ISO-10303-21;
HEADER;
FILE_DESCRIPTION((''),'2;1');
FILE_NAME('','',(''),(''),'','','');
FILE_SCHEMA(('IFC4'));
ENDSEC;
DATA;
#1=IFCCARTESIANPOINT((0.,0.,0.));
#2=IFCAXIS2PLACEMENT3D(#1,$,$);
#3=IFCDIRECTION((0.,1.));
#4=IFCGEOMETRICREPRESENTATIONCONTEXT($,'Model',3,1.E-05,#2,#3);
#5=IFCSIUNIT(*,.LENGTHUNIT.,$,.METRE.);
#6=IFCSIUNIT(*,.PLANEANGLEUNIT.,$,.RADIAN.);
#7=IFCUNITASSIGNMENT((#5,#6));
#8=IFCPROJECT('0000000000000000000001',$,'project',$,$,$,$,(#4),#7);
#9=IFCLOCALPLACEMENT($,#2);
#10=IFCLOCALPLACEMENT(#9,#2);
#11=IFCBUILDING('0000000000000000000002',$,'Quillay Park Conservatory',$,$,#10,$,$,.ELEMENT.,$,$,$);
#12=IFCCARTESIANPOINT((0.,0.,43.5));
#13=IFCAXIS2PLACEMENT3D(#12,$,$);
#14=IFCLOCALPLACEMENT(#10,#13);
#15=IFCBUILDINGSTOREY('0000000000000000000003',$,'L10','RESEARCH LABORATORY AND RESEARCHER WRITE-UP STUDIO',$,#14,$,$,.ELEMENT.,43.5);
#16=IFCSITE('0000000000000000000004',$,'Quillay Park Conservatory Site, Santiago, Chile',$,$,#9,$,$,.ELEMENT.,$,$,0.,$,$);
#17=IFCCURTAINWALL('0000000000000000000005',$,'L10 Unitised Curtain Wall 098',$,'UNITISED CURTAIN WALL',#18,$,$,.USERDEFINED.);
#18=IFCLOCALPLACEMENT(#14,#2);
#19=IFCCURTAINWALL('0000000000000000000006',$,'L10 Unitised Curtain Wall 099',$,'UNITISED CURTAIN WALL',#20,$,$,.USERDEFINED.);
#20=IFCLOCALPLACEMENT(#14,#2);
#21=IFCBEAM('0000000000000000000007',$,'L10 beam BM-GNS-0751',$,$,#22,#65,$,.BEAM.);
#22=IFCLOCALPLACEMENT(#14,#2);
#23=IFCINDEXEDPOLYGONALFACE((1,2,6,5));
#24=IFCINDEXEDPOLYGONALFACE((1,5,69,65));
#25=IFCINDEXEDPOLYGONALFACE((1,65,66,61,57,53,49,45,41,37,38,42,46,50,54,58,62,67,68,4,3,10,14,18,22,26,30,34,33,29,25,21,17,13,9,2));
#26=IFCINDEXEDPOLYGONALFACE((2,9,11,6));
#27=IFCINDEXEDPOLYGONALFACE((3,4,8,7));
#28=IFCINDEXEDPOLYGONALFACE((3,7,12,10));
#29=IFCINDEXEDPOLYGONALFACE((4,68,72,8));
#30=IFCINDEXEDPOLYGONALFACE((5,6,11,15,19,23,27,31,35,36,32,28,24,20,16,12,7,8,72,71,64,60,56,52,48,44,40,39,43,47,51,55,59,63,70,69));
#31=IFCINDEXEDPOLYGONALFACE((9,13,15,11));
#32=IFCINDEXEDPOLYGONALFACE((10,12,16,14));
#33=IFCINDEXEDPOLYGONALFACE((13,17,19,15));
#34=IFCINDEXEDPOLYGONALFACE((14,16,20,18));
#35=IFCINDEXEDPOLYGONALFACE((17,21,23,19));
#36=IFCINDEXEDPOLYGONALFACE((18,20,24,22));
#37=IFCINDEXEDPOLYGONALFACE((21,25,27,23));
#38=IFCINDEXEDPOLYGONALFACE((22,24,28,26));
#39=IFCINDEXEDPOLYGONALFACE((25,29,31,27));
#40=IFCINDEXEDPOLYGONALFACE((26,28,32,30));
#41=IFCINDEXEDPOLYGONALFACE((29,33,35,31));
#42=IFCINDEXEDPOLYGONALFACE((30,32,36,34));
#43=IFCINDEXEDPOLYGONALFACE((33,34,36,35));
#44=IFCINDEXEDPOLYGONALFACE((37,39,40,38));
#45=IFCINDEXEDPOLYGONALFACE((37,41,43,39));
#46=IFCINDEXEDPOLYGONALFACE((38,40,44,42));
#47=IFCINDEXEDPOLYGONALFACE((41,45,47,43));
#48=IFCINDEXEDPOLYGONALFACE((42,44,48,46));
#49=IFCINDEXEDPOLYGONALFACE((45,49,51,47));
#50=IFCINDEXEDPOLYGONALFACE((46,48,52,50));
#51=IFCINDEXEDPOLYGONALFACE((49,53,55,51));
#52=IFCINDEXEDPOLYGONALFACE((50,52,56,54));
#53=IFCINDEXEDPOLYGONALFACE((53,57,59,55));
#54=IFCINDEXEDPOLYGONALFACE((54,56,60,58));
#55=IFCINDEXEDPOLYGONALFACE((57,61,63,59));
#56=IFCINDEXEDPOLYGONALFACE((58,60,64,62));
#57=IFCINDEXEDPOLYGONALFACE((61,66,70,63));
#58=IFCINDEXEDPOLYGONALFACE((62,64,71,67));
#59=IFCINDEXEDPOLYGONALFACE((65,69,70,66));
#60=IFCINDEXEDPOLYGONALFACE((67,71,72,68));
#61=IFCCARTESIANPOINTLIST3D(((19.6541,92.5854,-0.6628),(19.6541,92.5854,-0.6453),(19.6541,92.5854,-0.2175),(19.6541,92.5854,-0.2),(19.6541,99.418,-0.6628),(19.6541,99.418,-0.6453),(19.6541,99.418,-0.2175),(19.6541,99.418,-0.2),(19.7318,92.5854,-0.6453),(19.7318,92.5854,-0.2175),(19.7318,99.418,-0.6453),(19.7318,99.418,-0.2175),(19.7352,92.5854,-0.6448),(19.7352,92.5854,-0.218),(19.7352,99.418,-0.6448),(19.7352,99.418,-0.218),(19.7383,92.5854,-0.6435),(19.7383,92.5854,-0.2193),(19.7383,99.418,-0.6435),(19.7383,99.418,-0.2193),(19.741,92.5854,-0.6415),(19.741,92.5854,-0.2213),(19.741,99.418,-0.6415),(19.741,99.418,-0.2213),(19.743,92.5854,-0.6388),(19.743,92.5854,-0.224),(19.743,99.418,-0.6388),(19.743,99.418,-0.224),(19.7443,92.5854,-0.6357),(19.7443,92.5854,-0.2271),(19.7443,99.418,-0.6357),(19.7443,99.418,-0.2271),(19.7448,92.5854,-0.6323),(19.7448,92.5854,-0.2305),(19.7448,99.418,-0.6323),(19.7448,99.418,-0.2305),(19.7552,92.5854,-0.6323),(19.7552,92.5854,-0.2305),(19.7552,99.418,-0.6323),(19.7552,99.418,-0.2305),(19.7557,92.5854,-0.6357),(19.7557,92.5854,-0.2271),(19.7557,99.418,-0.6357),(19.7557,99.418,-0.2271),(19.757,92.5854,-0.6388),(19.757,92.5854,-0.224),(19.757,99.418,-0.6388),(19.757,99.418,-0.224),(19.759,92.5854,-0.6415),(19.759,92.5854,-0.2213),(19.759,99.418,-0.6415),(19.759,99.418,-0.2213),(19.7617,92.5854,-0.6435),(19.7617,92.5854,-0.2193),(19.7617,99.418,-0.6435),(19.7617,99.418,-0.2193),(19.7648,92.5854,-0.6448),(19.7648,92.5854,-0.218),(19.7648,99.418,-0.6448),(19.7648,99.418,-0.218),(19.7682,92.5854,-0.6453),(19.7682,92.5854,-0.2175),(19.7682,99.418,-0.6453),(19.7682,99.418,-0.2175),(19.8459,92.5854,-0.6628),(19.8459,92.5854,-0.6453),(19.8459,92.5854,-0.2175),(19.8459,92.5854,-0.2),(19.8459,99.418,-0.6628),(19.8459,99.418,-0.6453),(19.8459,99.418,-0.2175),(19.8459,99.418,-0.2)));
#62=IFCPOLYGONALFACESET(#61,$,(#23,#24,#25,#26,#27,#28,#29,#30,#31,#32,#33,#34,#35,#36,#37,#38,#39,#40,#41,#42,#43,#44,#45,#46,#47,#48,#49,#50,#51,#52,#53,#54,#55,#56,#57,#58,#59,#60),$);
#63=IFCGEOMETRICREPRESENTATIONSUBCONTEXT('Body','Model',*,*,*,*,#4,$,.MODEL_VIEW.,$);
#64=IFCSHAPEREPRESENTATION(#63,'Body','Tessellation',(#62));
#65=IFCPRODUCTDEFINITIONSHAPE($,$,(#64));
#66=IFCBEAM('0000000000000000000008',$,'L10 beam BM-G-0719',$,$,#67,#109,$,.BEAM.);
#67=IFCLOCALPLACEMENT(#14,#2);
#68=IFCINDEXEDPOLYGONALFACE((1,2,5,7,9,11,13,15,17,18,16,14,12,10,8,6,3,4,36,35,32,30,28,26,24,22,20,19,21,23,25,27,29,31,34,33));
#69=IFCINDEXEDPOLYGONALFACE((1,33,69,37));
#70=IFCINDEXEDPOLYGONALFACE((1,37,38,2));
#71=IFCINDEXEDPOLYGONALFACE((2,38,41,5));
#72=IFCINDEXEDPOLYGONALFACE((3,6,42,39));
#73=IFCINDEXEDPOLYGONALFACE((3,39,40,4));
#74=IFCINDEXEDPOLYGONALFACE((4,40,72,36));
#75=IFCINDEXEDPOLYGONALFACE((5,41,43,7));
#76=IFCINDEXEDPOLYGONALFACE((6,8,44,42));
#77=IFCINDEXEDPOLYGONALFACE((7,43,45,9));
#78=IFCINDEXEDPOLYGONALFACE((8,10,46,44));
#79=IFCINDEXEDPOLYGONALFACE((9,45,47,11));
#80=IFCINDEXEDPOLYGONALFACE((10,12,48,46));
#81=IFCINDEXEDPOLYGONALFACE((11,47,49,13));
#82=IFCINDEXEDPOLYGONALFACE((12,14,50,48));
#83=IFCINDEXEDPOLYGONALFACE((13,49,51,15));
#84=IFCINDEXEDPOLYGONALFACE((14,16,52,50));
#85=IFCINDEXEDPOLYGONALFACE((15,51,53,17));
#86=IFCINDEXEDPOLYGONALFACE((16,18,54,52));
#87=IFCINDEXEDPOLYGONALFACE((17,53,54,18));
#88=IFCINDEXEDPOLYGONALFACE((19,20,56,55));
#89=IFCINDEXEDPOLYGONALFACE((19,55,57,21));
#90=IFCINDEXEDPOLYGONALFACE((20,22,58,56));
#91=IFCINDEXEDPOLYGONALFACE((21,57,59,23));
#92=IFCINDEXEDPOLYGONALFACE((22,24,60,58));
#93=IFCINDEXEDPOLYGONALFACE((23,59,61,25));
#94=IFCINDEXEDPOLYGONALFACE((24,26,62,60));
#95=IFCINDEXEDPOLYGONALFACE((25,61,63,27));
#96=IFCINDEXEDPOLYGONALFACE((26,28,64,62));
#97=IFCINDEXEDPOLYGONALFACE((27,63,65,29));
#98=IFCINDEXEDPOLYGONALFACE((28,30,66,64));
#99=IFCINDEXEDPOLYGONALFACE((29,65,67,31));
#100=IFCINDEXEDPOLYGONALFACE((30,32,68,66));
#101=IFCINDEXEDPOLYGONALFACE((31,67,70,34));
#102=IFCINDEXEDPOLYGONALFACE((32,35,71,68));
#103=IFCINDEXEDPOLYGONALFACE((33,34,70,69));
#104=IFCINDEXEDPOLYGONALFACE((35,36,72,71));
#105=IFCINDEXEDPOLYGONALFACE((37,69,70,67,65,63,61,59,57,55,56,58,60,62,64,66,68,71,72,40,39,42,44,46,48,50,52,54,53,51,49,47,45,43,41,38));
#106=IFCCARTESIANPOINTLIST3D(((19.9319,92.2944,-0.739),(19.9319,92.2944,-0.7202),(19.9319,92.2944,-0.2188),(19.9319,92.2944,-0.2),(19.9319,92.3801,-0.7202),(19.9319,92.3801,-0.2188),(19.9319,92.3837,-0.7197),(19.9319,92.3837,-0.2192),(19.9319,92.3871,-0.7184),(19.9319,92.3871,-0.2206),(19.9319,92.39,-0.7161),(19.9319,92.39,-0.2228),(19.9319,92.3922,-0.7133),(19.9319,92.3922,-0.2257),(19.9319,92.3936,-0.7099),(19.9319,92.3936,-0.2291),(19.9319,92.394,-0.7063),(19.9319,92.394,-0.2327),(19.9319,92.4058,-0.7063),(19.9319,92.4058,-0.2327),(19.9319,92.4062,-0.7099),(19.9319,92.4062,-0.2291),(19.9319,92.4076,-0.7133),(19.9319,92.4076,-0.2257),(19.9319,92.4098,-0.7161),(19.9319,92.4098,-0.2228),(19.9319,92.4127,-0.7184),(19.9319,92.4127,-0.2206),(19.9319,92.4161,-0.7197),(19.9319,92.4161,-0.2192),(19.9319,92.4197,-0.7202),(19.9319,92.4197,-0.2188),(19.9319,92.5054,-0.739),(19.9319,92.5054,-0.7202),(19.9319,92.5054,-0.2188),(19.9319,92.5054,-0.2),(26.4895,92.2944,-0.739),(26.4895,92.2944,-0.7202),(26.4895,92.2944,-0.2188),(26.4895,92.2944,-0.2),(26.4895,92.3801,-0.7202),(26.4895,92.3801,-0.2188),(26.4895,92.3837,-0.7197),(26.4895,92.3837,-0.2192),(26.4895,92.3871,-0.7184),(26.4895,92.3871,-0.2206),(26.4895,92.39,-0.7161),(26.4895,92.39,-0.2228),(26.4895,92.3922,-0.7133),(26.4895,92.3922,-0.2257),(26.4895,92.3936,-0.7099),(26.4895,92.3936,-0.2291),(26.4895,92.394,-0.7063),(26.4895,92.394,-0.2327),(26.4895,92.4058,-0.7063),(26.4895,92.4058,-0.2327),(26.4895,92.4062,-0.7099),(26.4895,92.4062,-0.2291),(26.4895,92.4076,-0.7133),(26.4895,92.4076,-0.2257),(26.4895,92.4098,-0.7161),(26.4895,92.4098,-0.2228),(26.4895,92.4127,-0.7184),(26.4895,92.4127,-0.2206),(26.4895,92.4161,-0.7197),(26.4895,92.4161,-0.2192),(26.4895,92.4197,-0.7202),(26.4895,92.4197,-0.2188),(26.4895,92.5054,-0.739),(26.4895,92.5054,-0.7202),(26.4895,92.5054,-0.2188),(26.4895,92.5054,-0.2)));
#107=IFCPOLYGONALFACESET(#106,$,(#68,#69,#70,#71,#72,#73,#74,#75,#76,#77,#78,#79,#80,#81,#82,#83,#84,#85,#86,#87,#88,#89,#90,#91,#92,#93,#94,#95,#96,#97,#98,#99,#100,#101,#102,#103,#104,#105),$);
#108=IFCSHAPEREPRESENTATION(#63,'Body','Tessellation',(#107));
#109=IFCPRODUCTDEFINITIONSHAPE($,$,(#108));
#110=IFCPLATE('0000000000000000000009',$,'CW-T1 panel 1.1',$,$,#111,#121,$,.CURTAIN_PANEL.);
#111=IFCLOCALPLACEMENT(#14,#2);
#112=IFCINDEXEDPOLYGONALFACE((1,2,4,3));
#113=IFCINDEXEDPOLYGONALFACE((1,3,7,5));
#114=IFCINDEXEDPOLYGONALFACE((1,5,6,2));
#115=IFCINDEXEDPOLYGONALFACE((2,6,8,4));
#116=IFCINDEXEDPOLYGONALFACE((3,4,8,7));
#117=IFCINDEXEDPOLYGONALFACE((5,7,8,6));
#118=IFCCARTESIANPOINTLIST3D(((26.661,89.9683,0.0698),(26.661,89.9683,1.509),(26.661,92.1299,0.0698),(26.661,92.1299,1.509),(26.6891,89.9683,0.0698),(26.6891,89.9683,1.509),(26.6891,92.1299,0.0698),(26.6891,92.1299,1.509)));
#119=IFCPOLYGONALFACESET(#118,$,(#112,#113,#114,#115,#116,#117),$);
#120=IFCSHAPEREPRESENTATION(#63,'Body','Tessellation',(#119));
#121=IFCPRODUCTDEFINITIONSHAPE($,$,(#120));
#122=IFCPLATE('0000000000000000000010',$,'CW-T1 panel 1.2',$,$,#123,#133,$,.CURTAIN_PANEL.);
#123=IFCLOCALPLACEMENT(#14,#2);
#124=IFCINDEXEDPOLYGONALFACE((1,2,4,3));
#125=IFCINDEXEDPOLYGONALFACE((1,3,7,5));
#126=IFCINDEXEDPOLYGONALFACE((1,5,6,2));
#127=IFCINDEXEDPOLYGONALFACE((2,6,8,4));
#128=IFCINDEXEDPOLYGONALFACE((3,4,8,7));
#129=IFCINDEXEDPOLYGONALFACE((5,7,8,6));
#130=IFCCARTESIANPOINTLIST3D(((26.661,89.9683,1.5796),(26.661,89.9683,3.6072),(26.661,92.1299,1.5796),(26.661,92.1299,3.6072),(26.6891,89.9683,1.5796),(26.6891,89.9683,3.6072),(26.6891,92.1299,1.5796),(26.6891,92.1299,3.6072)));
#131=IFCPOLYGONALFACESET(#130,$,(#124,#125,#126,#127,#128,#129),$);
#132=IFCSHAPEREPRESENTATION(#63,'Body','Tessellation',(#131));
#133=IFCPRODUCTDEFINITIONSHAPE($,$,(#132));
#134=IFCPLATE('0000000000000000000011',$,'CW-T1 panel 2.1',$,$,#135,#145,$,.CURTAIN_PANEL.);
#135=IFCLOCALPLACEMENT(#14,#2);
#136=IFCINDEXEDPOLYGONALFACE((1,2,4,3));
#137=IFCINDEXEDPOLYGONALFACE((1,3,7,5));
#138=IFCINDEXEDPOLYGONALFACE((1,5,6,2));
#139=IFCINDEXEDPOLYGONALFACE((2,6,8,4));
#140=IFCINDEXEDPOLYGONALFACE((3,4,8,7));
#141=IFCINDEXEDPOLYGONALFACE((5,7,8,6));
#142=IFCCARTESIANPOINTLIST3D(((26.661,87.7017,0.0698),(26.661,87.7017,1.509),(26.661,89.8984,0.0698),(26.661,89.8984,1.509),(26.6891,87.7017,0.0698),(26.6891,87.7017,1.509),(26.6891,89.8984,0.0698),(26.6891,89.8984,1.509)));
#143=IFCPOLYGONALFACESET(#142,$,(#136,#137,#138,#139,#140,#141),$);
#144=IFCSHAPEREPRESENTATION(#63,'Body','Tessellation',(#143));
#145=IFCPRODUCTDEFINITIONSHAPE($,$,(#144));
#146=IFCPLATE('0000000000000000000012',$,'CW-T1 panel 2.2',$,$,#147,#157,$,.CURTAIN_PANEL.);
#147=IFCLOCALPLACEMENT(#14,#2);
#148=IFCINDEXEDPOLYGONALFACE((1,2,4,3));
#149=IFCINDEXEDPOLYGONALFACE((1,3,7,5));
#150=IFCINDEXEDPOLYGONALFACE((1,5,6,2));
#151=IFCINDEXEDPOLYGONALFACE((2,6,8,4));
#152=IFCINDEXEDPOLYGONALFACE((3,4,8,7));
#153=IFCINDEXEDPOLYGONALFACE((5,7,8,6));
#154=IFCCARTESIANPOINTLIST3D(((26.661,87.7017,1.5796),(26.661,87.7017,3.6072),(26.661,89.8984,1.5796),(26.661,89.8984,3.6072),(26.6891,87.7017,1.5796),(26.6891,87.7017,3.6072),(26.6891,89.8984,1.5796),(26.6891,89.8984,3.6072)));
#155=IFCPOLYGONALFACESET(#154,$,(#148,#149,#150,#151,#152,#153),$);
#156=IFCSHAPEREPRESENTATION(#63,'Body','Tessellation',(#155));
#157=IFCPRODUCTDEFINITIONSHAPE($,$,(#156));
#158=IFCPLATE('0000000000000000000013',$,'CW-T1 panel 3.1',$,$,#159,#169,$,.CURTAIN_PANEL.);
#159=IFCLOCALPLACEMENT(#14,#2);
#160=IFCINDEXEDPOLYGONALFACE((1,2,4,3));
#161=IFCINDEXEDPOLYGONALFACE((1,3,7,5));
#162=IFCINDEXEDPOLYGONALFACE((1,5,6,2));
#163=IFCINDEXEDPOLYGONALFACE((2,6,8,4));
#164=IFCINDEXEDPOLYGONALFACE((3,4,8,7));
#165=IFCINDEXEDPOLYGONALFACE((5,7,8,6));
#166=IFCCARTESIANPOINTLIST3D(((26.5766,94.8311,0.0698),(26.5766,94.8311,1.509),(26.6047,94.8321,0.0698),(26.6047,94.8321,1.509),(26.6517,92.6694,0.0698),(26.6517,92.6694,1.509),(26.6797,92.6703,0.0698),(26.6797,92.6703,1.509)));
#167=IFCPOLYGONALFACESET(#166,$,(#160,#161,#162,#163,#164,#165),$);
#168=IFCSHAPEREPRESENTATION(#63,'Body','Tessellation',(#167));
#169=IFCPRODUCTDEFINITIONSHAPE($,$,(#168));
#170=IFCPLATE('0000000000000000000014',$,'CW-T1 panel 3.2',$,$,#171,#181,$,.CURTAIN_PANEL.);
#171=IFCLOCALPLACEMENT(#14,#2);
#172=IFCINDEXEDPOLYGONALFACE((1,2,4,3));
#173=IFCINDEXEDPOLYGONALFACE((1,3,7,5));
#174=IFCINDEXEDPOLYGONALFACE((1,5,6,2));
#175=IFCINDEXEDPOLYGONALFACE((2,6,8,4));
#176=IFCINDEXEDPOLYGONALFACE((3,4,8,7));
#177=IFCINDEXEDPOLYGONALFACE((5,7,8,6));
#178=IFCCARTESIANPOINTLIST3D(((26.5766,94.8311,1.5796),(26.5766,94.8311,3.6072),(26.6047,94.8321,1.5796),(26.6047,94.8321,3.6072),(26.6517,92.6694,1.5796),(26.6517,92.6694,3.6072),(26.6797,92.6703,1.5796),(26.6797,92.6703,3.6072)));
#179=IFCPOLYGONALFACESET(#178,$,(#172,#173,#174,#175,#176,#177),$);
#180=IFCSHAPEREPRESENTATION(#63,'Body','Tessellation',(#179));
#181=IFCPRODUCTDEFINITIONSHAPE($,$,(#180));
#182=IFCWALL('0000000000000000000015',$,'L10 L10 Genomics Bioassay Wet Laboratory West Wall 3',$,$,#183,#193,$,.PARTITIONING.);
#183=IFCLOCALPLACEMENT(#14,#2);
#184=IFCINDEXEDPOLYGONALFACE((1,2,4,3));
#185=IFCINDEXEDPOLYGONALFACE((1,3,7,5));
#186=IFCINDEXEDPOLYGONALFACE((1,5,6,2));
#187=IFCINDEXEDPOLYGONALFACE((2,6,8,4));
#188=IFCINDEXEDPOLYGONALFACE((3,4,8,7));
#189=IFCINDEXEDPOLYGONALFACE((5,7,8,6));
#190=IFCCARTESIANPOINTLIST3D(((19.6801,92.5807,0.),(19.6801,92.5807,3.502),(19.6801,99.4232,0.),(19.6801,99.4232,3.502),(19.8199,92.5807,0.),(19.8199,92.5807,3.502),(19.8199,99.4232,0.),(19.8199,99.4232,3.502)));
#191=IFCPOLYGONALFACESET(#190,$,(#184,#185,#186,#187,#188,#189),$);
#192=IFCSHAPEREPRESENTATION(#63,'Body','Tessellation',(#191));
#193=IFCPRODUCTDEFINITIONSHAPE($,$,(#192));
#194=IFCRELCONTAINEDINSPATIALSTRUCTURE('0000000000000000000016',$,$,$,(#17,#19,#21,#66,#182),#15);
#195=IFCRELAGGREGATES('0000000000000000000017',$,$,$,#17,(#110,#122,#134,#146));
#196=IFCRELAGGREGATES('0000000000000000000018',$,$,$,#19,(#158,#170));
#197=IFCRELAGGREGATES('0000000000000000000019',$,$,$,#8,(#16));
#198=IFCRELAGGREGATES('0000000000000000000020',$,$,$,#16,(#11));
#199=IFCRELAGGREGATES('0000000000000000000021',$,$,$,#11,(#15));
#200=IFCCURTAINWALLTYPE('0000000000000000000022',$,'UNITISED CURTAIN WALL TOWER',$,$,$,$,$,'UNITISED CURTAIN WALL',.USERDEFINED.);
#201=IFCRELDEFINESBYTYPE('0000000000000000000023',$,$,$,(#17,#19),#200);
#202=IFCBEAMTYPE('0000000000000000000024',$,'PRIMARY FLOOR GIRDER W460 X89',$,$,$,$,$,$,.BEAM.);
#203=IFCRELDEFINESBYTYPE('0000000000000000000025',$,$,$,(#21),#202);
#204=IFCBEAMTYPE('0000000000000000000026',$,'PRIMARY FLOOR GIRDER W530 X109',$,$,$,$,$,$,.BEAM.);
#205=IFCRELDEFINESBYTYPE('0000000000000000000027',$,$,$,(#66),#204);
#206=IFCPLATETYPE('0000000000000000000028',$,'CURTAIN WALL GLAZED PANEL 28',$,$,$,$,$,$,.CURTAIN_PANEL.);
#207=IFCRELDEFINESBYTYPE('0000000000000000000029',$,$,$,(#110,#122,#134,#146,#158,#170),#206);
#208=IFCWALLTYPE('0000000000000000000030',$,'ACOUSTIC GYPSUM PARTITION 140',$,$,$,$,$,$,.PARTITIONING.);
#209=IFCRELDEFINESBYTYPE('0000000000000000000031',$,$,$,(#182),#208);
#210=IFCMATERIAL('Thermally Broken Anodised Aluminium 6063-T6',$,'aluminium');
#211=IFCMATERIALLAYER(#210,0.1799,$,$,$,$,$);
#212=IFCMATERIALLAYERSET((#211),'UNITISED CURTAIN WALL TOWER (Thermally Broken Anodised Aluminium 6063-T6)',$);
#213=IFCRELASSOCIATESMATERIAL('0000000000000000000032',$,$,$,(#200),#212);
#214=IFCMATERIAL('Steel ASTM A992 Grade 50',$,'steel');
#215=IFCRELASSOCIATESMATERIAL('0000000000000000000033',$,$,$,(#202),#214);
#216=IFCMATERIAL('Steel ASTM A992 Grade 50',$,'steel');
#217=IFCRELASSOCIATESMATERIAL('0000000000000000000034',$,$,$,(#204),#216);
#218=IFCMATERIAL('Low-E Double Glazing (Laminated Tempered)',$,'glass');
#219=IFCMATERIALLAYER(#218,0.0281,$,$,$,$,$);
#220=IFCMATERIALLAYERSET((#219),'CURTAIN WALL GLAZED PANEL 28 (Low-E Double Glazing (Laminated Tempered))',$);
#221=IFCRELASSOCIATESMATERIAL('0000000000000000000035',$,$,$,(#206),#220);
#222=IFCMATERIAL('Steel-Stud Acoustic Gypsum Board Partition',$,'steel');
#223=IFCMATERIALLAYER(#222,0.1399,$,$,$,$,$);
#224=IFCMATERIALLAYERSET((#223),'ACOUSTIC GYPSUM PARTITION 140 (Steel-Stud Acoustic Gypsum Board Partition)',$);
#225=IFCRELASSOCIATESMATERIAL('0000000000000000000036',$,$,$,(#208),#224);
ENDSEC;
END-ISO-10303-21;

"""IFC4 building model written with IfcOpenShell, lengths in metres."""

from ifc_helpers import new_model, si_unit, direction, frame, frame_2d, origin, origin_2d, place, context, subcontext, project, spatial, rectangle, i_section, extrude, material, layer, layer_set, material_profile, profile_set, type_object, element, aggregate, save


model = new_model("IFC4")

# Units and contexts
model_context = context("Model", 3, precision=1e-05, world=origin(), true_north=direction((0.0, 1.0)))
body_context = subcontext(model_context, "Body", "Model", "MODEL_VIEW")
ifc_project = project(units=[si_unit("LENGTHUNIT", "METRE"), si_unit("PLANEANGLEUNIT", "RADIAN")], contexts=[model_context])

# Site, building, storey
site_placement = place(None, origin())
site = spatial("IfcSite", under=ifc_project, at=site_placement, Name="Quillay Park Conservatory Site, Santiago, Chile", CompositionType="ELEMENT", RefElevation=0.0)
building_placement = place(site_placement, origin())
building = spatial("IfcBuilding", under=site, at=building_placement, Name="Quillay Park Conservatory", CompositionType="ELEMENT")
storey_placement = place(building_placement, frame((0.0, 0.0, 43.5)))
storey = spatial("IfcBuildingStorey", under=building, at=storey_placement, Name="L10", Description="RESEARCH LABORATORY AND RESEARCHER WRITE-UP STUDIO", CompositionType="ELEMENT", Elevation=43.5)

# Curtain wall
ifc_material_1 = material(Name="Thermally Broken Anodised Aluminium 6063-T6", Category="aluminium")
ifc_layer_1 = layer(ifc_material_1, 0.1799)
ifc_layer_set_1 = layer_set([ifc_layer_1], Name="UNITISED CURTAIN WALL TOWER (Thermally Broken Anodised Aluminium 6063-T6)")
curtain_wall_type = type_object("IfcCurtainWallType", Name="UNITISED CURTAIN WALL TOWER", ElementType="UNITISED CURTAIN WALL", PredefinedType="USERDEFINED", material=ifc_layer_set_1)
curtain_wall_1_placement = place(storey_placement, origin())
curtain_wall_1 = element("IfcCurtainWall", 1, at=curtain_wall_1_placement, inside=storey, type_object=curtain_wall_type, Name="L10 Unitised Curtain Wall 098", ObjectType="UNITISED CURTAIN WALL", PredefinedType="USERDEFINED")

# Curtain wall
curtain_wall_2_placement = place(storey_placement, origin())
curtain_wall_2 = element("IfcCurtainWall", 2, at=curtain_wall_2_placement, inside=storey, type_object=curtain_wall_type, Name="L10 Unitised Curtain Wall 099", ObjectType="UNITISED CURTAIN WALL", PredefinedType="USERDEFINED")

# Beams
ifc_material_2 = material(Name="Steel ASTM A992 Grade 50", Category="steel")
ifc_material_profile_1 = material_profile(ifc_material_2, i_section(OverallWidth=0.1919, OverallDepth=0.4629, WebThickness=0.0105, FlangeThickness=0.0176, FilletRadius=0.0129, at=origin_2d()), Name="W460x89")
ifc_profile_set_1 = profile_set([ifc_material_profile_1], Name="Steel ASTM A992 Grade 50")
beam_type_1 = type_object("IfcBeamType", Name="PRIMARY FLOOR GIRDER W460 X89", PredefinedType="BEAM", material=ifc_profile_set_1)
beam_1_placement = place(storey_placement, frame((19.75, 92.5854, -0.4314), z_axis=(0.0, 1.0, 0.0), x_axis=(-1.0, 0.0, 0.0)))
element("IfcBeam", 3, at=beam_1_placement, inside=storey, type_object=beam_type_1, Name="L10 beam BM-GNS-0751", PredefinedType="BEAM", context=body_context, shape_type="SweptSolid", body=[
    extrude(i_section(OverallWidth=0.1919, OverallDepth=0.4629, WebThickness=0.0105, FlangeThickness=0.0176, FilletRadius=0.0129, at=origin_2d()), origin(), (0.0, 0.0, 1.0), 6.8325),
])
ifc_material_3 = material(Name="Steel ASTM A992 Grade 50", Category="steel")
ifc_material_profile_2 = material_profile(ifc_material_3, i_section(OverallWidth=0.2109, OverallDepth=0.5391, WebThickness=0.0117, FlangeThickness=0.0188, FilletRadius=0.0139, at=origin_2d()), Name="W530x109")
ifc_profile_set_2 = profile_set([ifc_material_profile_2], Name="Steel ASTM A992 Grade 50")
beam_type_2 = type_object("IfcBeamType", Name="PRIMARY FLOOR GIRDER W530 X109", PredefinedType="BEAM", material=ifc_profile_set_2)
beam_2_placement = place(storey_placement, frame((19.9319, 92.3999, -0.4695), z_axis=(1.0, 0.0, 0.0), x_axis=(0.0, 1.0, 0.0)))
element("IfcBeam", 4, at=beam_2_placement, inside=storey, type_object=beam_type_2, Name="L10 beam BM-G-0719", PredefinedType="BEAM", context=body_context, shape_type="SweptSolid", body=[
    extrude(i_section(OverallWidth=0.2109, OverallDepth=0.5391, WebThickness=0.0117, FlangeThickness=0.0188, FilletRadius=0.0139, at=origin_2d()), origin(), (0.0, 0.0, 1.0), 6.5576),
])

# Plates
ifc_material_4 = material(Name="Low-E Double Glazing (Laminated Tempered)", Category="glass")
ifc_layer_2 = layer(ifc_material_4, 0.0281)
ifc_layer_set_2 = layer_set([ifc_layer_2], Name="CURTAIN WALL GLAZED PANEL 28 (Low-E Double Glazing (Laminated Tempered))")
plate_type = type_object("IfcPlateType", Name="CURTAIN WALL GLAZED PANEL 28", PredefinedType="CURTAIN_PANEL", material=ifc_layer_set_2)
plate_1_placement = place(storey_placement, frame((26.675, 91.0491, 0.0698), z_axis=(0.0, 0.0, 1.0), x_axis=(0.0, -1.0, 0.0)))
plate_1 = element("IfcPlate", 5, at=plate_1_placement, type_object=plate_type, Name="CW-T1 panel 1.1", PredefinedType="CURTAIN_PANEL", context=body_context, shape_type="SweptSolid", body=[
    extrude(rectangle(XDim=2.1616, YDim=0.0281, at=origin_2d()), origin(), (0.0, 0.0, 1.0), 1.4392),
])
plate_2_placement = place(storey_placement, frame((26.675, 91.0491, 1.5796), z_axis=(0.0, 0.0, 1.0), x_axis=(0.0, -1.0, 0.0)))
plate_2 = element("IfcPlate", 6, at=plate_2_placement, type_object=plate_type, Name="CW-T1 panel 1.2", PredefinedType="CURTAIN_PANEL", context=body_context, shape_type="SweptSolid", body=[
    extrude(rectangle(XDim=2.1616, YDim=0.0281, at=origin_2d()), origin(), (0.0, 0.0, 1.0), 2.0276),
])
plate_3_placement = place(storey_placement, frame((26.675, 88.8, 0.0698), z_axis=(0.0, 0.0, 1.0), x_axis=(0.0, -1.0, 0.0)))
plate_3 = element("IfcPlate", 7, at=plate_3_placement, type_object=plate_type, Name="CW-T1 panel 2.1", PredefinedType="CURTAIN_PANEL", context=body_context, shape_type="SweptSolid", body=[
    extrude(rectangle(XDim=2.1968, YDim=0.0281, at=origin_2d()), origin(), (0.0, 0.0, 1.0), 1.4392),
])
plate_4_placement = place(storey_placement, frame((26.675, 88.8, 1.5796), z_axis=(0.0, 0.0, 1.0), x_axis=(0.0, -1.0, 0.0)))
plate_4 = element("IfcPlate", 8, at=plate_4_placement, type_object=plate_type, Name="CW-T1 panel 2.2", PredefinedType="CURTAIN_PANEL", context=body_context, shape_type="SweptSolid", body=[
    extrude(rectangle(XDim=2.1968, YDim=0.0281, at=origin_2d()), origin(), (0.0, 0.0, 1.0), 2.0276),
])
aggregate(curtain_wall_1, [plate_1, plate_2, plate_3, plate_4])
plate_5_placement = place(storey_placement, frame((26.6282, 93.7507, 0.0698), z_axis=(0.0, 0.0, 1.0), x_axis=(0.034713, -0.999397, 0.0)))
plate_5 = element("IfcPlate", 9, at=plate_5_placement, type_object=plate_type, Name="CW-T1 panel 3.1", PredefinedType="CURTAIN_PANEL", context=body_context, shape_type="SweptSolid", body=[
    extrude(rectangle(XDim=2.1631, YDim=0.0281, at=origin_2d()), origin(), (0.0, 0.0, 1.0), 1.4392),
])
plate_6_placement = place(storey_placement, frame((26.6282, 93.7507, 1.5796), z_axis=(0.0, 0.0, 1.0), x_axis=(0.034713, -0.999397, 0.0)))
plate_6 = element("IfcPlate", 10, at=plate_6_placement, type_object=plate_type, Name="CW-T1 panel 3.2", PredefinedType="CURTAIN_PANEL", context=body_context, shape_type="SweptSolid", body=[
    extrude(rectangle(XDim=2.1631, YDim=0.0281, at=origin_2d()), origin(), (0.0, 0.0, 1.0), 2.0276),
])
aggregate(curtain_wall_2, [plate_5, plate_6])

# Wall
ifc_material_5 = material(Name="Steel-Stud Acoustic Gypsum Board Partition", Category="steel")
ifc_layer_3 = layer(ifc_material_5, 0.1399)
ifc_layer_set_3 = layer_set([ifc_layer_3], Name="ACOUSTIC GYPSUM PARTITION 140 (Steel-Stud Acoustic Gypsum Board Partition)")
wall_type = type_object("IfcWallType", Name="ACOUSTIC GYPSUM PARTITION 140", PredefinedType="PARTITIONING", material=ifc_layer_set_3)
wall_placement = place(storey_placement, frame((19.75, 92.5806, 0.0), z_axis=(0.0, 0.0, 1.0), x_axis=(0.0, 1.0, 0.0)))
element("IfcWall", 11, at=wall_placement, inside=storey, type_object=wall_type, Name="L10 L10 Genomics Bioassay Wet Laboratory West Wall 3", PredefinedType="PARTITIONING", context=body_context, shape_type="SweptSolid", body=[
    extrude(rectangle(XDim=6.8425, YDim=0.1399, at=frame_2d((3.4214, 0.0))), origin(), (0.0, 0.0, 1.0), 3.502),
])

save(model, "model.ifc")
